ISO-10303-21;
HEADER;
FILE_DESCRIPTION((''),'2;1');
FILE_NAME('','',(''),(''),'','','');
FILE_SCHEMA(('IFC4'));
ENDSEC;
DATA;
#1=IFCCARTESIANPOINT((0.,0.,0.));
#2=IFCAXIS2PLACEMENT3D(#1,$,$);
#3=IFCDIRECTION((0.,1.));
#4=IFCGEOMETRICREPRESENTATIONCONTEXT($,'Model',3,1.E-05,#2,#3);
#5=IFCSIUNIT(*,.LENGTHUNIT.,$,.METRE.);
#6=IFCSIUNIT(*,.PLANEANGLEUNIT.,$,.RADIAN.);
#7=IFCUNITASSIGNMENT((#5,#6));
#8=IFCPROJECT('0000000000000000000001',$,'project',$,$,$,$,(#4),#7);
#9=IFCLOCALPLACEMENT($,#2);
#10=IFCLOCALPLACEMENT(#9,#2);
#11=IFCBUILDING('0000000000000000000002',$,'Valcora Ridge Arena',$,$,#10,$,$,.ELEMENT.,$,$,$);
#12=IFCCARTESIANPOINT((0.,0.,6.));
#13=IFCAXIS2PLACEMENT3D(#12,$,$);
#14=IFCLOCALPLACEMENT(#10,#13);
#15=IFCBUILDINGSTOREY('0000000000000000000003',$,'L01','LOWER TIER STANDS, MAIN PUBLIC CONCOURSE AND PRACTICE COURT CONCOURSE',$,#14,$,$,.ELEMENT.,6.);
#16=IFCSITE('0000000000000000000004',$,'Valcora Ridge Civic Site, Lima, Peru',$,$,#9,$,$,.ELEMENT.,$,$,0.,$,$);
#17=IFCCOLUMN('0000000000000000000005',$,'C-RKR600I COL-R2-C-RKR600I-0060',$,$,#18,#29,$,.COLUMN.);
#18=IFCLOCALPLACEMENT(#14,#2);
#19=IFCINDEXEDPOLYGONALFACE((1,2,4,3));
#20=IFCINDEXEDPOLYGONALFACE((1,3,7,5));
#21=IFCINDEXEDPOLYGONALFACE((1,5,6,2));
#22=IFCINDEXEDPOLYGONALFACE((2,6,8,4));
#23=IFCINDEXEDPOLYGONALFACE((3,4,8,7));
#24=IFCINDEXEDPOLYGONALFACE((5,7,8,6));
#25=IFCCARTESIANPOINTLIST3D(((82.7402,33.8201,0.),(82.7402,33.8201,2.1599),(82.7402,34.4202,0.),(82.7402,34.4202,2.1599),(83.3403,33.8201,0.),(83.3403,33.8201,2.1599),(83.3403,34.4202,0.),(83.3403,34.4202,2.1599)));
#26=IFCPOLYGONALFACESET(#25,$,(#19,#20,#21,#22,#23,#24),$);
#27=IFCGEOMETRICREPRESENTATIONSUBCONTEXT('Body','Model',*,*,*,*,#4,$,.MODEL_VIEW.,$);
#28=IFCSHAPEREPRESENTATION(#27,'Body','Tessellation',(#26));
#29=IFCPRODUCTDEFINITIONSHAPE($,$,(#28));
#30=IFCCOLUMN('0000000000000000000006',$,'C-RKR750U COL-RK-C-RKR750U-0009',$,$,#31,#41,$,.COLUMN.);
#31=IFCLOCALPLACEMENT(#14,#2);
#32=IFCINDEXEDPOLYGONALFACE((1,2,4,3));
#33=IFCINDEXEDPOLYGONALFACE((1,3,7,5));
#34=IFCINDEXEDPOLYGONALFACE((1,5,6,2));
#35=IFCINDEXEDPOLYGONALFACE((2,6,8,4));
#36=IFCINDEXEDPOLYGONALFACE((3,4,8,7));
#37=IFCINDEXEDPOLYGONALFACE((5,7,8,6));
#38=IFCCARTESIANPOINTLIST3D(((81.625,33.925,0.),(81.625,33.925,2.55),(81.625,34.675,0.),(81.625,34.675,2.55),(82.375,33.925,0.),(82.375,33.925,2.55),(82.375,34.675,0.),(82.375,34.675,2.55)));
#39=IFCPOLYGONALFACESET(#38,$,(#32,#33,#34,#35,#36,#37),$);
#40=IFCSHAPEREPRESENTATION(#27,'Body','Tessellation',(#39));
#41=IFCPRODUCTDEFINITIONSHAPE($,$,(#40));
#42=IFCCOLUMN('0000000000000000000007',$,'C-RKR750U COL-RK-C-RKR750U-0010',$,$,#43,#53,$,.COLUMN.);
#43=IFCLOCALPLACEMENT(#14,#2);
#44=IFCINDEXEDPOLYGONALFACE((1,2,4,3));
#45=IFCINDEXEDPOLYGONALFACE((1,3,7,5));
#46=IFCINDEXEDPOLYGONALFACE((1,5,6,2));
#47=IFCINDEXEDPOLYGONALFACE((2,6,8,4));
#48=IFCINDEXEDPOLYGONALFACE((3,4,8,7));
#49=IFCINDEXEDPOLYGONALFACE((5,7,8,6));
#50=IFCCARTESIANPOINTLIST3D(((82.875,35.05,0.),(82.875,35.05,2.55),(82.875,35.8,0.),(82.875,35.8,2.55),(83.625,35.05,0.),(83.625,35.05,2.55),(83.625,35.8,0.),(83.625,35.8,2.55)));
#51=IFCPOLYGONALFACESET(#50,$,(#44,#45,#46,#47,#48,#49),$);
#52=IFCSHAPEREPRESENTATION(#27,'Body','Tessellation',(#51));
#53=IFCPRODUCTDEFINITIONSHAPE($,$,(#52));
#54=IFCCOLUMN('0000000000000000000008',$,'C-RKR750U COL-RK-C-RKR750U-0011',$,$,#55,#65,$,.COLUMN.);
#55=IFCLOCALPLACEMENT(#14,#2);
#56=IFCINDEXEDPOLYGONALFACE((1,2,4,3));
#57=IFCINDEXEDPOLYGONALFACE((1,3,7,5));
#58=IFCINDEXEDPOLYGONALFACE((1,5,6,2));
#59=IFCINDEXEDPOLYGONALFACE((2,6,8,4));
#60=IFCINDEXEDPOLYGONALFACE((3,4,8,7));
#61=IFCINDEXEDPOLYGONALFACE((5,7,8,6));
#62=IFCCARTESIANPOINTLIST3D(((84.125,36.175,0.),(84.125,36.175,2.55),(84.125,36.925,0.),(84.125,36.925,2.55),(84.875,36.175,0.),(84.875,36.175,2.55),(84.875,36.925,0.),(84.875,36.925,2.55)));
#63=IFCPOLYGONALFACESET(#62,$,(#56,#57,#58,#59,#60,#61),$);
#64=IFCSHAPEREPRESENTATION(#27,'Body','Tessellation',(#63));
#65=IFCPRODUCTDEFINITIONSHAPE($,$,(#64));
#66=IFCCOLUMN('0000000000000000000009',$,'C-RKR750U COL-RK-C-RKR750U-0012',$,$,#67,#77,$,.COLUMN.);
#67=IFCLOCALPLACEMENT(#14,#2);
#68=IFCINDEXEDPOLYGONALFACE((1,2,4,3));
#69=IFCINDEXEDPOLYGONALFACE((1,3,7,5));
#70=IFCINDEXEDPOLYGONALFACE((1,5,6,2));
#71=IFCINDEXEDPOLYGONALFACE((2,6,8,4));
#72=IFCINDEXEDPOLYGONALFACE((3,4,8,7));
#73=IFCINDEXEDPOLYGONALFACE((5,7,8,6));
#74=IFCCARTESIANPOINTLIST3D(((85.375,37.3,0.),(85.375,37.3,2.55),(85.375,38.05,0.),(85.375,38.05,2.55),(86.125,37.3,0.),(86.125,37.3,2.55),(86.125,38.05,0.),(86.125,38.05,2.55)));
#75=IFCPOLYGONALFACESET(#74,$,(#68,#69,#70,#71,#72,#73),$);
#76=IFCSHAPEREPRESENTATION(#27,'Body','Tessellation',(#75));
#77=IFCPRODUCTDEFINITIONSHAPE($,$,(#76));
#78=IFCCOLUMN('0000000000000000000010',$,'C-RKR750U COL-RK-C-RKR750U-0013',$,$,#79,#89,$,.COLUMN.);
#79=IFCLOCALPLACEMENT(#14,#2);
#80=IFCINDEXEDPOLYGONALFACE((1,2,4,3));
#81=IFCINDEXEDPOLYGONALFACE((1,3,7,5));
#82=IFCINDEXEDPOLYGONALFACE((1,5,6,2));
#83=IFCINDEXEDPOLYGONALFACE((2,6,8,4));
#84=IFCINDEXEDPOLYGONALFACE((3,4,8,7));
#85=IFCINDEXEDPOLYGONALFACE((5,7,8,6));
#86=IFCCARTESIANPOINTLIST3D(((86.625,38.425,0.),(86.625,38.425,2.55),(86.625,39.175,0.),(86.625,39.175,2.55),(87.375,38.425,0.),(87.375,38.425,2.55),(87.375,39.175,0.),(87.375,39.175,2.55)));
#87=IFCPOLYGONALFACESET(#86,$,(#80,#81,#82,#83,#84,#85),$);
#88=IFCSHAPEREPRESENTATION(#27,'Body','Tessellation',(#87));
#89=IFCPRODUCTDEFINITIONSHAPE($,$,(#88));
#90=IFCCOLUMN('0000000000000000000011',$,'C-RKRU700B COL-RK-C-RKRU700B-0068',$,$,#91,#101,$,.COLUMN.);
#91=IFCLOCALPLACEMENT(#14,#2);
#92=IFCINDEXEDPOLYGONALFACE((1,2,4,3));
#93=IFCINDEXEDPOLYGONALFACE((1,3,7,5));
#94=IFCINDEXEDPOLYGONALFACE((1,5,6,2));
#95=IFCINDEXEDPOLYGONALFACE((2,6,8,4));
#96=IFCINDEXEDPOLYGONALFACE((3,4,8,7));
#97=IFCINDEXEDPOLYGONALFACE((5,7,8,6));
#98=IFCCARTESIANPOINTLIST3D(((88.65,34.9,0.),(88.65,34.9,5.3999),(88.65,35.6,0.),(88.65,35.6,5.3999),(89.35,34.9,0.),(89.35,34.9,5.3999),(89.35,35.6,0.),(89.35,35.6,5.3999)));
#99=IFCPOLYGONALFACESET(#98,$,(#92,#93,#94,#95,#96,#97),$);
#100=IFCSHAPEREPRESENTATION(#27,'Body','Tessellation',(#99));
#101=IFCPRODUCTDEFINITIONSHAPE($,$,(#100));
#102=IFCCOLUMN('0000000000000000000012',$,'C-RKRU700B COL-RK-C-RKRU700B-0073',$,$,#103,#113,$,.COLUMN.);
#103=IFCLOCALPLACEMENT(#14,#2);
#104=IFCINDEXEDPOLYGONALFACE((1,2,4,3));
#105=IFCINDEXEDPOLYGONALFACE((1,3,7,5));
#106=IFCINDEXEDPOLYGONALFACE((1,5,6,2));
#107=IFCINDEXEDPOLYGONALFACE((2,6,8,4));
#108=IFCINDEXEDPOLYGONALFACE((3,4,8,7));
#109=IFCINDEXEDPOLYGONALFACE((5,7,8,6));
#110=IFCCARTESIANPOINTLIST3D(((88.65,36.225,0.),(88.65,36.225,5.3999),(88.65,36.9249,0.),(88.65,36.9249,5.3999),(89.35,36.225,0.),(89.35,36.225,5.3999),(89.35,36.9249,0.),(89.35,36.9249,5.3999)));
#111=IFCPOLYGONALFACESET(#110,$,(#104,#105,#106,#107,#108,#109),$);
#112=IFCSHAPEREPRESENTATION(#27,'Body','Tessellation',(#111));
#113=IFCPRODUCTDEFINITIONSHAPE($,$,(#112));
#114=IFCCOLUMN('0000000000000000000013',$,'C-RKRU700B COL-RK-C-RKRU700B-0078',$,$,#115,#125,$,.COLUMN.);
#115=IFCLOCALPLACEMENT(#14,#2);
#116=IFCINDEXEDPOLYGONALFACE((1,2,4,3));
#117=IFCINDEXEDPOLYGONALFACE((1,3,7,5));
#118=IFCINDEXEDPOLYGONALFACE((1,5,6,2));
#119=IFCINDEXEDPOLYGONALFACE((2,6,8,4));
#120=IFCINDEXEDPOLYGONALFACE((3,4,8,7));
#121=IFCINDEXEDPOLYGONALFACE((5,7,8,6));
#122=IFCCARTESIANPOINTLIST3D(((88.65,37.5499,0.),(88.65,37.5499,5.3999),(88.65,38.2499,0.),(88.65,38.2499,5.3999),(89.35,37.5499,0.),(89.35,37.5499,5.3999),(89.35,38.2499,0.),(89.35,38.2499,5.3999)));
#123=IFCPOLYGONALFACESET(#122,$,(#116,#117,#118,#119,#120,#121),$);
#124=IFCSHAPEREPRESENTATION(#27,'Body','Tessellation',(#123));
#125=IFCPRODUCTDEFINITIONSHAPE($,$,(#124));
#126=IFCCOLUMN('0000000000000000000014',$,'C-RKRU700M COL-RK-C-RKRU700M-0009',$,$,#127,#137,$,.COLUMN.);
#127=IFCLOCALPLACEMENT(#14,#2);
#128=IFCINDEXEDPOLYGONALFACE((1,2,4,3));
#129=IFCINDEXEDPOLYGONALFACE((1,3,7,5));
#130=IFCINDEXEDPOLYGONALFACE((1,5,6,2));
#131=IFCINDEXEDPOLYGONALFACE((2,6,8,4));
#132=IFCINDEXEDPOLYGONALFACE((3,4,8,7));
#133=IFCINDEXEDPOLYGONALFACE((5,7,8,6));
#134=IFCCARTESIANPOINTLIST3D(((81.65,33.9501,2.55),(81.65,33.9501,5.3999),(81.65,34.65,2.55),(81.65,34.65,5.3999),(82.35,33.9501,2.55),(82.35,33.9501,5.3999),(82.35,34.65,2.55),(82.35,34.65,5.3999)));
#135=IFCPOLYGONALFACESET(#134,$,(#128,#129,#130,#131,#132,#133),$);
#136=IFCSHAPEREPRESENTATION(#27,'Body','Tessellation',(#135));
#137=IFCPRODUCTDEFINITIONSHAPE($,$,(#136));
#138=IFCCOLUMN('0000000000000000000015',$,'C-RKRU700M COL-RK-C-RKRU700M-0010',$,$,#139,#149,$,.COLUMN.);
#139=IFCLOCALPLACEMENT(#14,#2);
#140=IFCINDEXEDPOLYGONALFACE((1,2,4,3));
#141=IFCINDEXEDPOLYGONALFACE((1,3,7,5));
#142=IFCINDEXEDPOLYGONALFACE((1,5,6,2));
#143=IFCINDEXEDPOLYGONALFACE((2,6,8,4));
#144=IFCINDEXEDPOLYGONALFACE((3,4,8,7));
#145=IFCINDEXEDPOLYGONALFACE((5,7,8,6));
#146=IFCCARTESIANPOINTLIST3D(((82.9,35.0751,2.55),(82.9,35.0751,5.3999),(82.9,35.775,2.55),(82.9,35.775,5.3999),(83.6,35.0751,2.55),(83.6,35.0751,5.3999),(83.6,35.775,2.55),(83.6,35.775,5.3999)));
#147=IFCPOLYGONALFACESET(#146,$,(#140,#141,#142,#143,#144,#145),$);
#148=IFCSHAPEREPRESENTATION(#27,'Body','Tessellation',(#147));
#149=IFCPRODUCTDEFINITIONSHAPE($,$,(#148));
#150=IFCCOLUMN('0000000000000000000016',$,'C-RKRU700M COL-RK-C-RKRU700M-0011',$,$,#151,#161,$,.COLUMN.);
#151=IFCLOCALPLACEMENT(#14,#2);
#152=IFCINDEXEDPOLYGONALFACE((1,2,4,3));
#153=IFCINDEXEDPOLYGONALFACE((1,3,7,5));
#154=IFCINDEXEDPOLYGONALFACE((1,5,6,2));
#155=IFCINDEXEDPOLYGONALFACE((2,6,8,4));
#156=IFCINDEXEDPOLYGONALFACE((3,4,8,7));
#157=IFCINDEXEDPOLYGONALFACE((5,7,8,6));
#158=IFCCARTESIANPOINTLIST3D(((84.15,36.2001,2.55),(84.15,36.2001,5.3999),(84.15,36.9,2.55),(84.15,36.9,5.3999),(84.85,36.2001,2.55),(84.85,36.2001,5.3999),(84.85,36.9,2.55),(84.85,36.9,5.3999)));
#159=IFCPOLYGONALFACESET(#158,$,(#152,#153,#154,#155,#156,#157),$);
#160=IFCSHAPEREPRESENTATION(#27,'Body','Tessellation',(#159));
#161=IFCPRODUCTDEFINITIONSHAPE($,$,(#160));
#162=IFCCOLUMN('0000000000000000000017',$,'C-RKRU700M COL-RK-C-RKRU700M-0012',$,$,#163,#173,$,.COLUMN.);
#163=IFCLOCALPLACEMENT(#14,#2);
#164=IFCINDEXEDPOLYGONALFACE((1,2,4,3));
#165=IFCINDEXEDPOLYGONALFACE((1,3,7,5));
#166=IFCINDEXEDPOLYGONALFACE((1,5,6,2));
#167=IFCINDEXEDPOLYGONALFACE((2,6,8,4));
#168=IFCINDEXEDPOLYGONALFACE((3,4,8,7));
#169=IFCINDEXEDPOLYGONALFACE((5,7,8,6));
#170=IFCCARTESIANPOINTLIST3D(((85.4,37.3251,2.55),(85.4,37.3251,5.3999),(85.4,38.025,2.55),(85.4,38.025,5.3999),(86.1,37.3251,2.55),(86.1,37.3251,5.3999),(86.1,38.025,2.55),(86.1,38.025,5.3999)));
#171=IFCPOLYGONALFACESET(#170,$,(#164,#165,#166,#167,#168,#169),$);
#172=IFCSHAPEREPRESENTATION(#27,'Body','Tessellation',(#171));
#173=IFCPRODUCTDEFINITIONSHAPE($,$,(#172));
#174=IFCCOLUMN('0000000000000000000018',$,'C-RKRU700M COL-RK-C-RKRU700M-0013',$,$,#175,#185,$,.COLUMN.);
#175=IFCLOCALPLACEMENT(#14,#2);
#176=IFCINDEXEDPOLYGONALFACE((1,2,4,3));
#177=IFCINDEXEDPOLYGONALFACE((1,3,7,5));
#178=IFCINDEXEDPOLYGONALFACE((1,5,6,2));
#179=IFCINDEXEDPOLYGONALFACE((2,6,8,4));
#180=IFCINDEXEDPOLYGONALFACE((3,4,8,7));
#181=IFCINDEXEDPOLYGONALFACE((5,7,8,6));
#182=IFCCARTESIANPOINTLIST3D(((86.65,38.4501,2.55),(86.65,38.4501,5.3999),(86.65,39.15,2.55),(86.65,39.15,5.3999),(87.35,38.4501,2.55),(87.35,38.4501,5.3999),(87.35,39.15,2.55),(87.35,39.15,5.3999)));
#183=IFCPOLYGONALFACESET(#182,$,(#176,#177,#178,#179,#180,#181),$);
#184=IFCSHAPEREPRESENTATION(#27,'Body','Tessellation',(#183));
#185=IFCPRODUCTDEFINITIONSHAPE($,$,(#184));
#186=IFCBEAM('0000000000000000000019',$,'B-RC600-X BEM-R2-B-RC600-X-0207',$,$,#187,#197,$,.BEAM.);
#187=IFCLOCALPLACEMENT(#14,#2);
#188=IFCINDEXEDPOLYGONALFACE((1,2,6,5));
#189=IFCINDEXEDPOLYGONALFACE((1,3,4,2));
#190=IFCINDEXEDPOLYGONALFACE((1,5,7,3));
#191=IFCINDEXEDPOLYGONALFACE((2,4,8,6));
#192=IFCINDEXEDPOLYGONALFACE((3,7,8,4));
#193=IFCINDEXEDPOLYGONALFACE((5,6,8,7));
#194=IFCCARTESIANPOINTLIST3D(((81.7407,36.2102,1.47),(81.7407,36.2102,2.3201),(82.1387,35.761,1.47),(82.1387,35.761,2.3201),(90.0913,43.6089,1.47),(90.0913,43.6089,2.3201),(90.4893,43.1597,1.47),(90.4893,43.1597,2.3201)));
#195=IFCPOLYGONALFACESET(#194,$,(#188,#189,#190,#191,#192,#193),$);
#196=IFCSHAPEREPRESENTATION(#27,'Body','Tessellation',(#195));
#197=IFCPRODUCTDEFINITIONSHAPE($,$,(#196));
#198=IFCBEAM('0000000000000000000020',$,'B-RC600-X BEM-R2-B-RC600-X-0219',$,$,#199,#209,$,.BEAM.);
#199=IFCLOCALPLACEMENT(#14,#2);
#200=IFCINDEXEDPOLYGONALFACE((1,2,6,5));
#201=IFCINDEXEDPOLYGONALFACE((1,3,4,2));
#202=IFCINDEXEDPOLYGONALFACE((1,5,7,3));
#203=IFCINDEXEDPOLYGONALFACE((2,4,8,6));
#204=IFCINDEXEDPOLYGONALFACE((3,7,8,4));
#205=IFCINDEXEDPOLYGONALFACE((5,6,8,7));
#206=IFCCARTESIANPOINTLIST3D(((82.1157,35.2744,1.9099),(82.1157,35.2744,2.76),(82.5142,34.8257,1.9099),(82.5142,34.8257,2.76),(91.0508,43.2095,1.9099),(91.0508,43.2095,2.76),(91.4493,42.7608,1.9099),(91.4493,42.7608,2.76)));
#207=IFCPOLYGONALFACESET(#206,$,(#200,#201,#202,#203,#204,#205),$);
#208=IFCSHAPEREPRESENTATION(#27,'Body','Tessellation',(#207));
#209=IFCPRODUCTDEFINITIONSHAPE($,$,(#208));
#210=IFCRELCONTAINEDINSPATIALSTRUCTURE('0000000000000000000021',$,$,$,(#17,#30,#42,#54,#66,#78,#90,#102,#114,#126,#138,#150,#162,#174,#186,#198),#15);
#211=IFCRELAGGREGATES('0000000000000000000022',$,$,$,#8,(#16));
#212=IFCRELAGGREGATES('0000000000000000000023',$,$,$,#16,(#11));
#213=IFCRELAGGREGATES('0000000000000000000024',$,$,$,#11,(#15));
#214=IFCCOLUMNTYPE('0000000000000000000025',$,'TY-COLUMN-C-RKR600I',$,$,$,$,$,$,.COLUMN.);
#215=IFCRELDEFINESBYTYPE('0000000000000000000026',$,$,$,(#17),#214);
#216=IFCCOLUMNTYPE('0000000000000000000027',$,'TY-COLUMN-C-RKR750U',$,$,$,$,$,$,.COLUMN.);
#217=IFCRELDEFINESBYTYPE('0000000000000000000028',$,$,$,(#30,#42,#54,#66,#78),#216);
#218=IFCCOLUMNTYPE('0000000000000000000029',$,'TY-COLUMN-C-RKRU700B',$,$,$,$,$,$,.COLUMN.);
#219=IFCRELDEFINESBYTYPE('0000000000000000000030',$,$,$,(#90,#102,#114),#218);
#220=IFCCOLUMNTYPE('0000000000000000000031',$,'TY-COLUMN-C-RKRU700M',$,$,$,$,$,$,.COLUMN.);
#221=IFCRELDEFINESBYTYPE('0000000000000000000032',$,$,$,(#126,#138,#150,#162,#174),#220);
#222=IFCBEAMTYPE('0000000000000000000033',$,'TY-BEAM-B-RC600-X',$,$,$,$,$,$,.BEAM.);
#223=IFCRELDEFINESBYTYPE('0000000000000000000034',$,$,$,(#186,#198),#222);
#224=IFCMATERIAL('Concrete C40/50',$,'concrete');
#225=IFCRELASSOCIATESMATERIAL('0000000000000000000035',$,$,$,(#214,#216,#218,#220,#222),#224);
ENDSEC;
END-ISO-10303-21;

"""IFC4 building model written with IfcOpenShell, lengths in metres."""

from ifc_helpers import new_model, si_unit, direction, frame, origin, origin_2d, place, context, subcontext, project, spatial, rectangle, extrude, material, material_profile, profile_set, type_object, element, save


model = new_model("IFC4")

# Units and contexts
model_context = context("Model", 3, precision=1e-05, world=origin(), true_north=direction((0.0, 1.0)))
body_context = subcontext(model_context, "Body", "Model", "MODEL_VIEW")
ifc_project = project(units=[si_unit("LENGTHUNIT", "METRE"), si_unit("PLANEANGLEUNIT", "RADIAN")], contexts=[model_context])

# Site, building, storey
site_placement = place(None, origin())
site = spatial("IfcSite", under=ifc_project, at=site_placement, Name="Valcora Ridge Civic Site, Lima, Peru", CompositionType="ELEMENT", RefElevation=0.0)
building_placement = place(site_placement, origin())
building = spatial("IfcBuilding", under=site, at=building_placement, Name="Valcora Ridge Arena", CompositionType="ELEMENT")
storey_placement = place(building_placement, frame((0.0, 0.0, 6.0)))
storey = spatial("IfcBuildingStorey", under=building, at=storey_placement, Name="L01", Description="LOWER TIER STANDS, MAIN PUBLIC CONCOURSE AND PRACTICE COURT CONCOURSE", CompositionType="ELEMENT", Elevation=6.0)

# Columns
ifc_material_1 = material(Name="Concrete C40/50", Category="concrete")
ifc_material_profile_1 = material_profile(ifc_material_1, rectangle(XDim=0.6001, YDim=0.6001, at=origin_2d()), Name="RC 600x600")
ifc_profile_set_1 = profile_set([ifc_material_profile_1], Name="Concrete C40/50")
column_type_1 = type_object("IfcColumnType", Name="TY-COLUMN-C-RKR600I", PredefinedType="COLUMN", material=ifc_profile_set_1)
column_placement = place(storey_placement, frame((83.0403, 34.1201, 0.0), z_axis=(0.0, 0.0, 1.0), x_axis=(1.0, 0.0, 0.0)))
element("IfcColumn", 1, at=column_placement, inside=storey, type_object=column_type_1, Name="C-RKR600I COL-R2-C-RKR600I-0060", PredefinedType="COLUMN", context=body_context, shape_type="SweptSolid", body=[
    extrude(rectangle(XDim=0.6001, YDim=0.6001, at=origin_2d()), origin(), (0.0, 0.0, 1.0), 2.1599),
])
ifc_material_profile_2 = material_profile(ifc_material_1, rectangle(XDim=0.75, YDim=0.75, at=origin_2d()), Name="RC 750x750")
ifc_profile_set_2 = profile_set([ifc_material_profile_2], Name="Concrete C40/50")
column_type_2 = type_object("IfcColumnType", Name="TY-COLUMN-C-RKR750U", PredefinedType="COLUMN", material=ifc_profile_set_2)
for number, where, z_axis, x_axis, name in (
    (2, (82.0, 34.3, 0.0), (0.0, 0.0, 1.0), (1.0, 0.0, 0.0), "C-RKR750U COL-RK-C-RKR750U-0009"),
    (3, (83.25, 35.425, 0.0), (0.0, 0.0, 1.0), (1.0, 0.0, 0.0), "C-RKR750U COL-RK-C-RKR750U-0010"),
    (4, (84.5, 36.55, 0.0), (0.0, 0.0, 1.0), (1.0, 0.0, 0.0), "C-RKR750U COL-RK-C-RKR750U-0011"),
    (5, (85.75, 37.675, 0.0), (0.0, 0.0, 1.0), (1.0, 0.0, 0.0), "C-RKR750U COL-RK-C-RKR750U-0012"),
    (6, (87.0, 38.8, 0.0), (0.0, 0.0, 1.0), (1.0, 0.0, 0.0), "C-RKR750U COL-RK-C-RKR750U-0013"),
):
    element("IfcColumn", number, at=place(storey_placement, frame(where, z_axis=z_axis, x_axis=x_axis)), inside=storey, type_object=column_type_2, Name=name, PredefinedType="COLUMN", context=body_context, shape_type="SweptSolid", body=[
        extrude(rectangle(XDim=0.75, YDim=0.75, at=origin_2d()), origin(), (0.0, 0.0, 1.0), 2.55),
    ])
ifc_material_profile_3 = material_profile(ifc_material_1, rectangle(XDim=0.7, YDim=0.7, at=origin_2d()), Name="RC 700x700")
ifc_profile_set_3 = profile_set([ifc_material_profile_3], Name="Concrete C40/50")
column_type_3 = type_object("IfcColumnType", Name="TY-COLUMN-C-RKRU700B", PredefinedType="COLUMN", material=ifc_profile_set_3)
for number, where, z_axis, x_axis, name in (
    (7, (89.0, 35.25, 0.0), (0.0, 0.0, 1.0), (1.0, 0.0, 0.0), "C-RKRU700B COL-RK-C-RKRU700B-0068"),
    (8, (89.0, 36.575, 0.0), (0.0, 0.0, 1.0), (1.0, 0.0, 0.0), "C-RKRU700B COL-RK-C-RKRU700B-0073"),
    (9, (89.0, 37.8999, 0.0), (0.0, 0.0, 1.0), (1.0, 0.0, 0.0), "C-RKRU700B COL-RK-C-RKRU700B-0078"),
):
    element("IfcColumn", number, at=place(storey_placement, frame(where, z_axis=z_axis, x_axis=x_axis)), inside=storey, type_object=column_type_3, Name=name, PredefinedType="COLUMN", context=body_context, shape_type="SweptSolid", body=[
        extrude(rectangle(XDim=0.7, YDim=0.7, at=origin_2d()), origin(), (0.0, 0.0, 1.0), 5.3999),
    ])
ifc_material_profile_4 = material_profile(ifc_material_1, rectangle(XDim=0.7, YDim=0.7, at=origin_2d()), Name="RC 700x700")
ifc_profile_set_4 = profile_set([ifc_material_profile_4], Name="Concrete C40/50")
column_type_4 = type_object("IfcColumnType", Name="TY-COLUMN-C-RKRU700M", PredefinedType="COLUMN", material=ifc_profile_set_4)
for number, where, z_axis, x_axis, name in (
    (10, (82.0, 34.3, 2.55), (0.0, 0.0, 1.0), (1.0, 0.0, 0.0), "C-RKRU700M COL-RK-C-RKRU700M-0009"),
    (11, (83.25, 35.425, 2.55), (0.0, 0.0, 1.0), (1.0, 0.0, 0.0), "C-RKRU700M COL-RK-C-RKRU700M-0010"),
    (12, (84.5, 36.55, 2.55), (0.0, 0.0, 1.0), (1.0, 0.0, 0.0), "C-RKRU700M COL-RK-C-RKRU700M-0011"),
    (13, (85.75, 37.675, 2.55), (0.0, 0.0, 1.0), (1.0, 0.0, 0.0), "C-RKRU700M COL-RK-C-RKRU700M-0012"),
    (14, (87.0, 38.8, 2.55), (0.0, 0.0, 1.0), (1.0, 0.0, 0.0), "C-RKRU700M COL-RK-C-RKRU700M-0013"),
):
    element("IfcColumn", number, at=place(storey_placement, frame(where, z_axis=z_axis, x_axis=x_axis)), inside=storey, type_object=column_type_4, Name=name, PredefinedType="COLUMN", context=body_context, shape_type="SweptSolid", body=[
        extrude(rectangle(XDim=0.7, YDim=0.7, at=origin_2d()), origin(), (0.0, 0.0, 1.0), 2.8499),
    ])

# Beams
ifc_material_profile_5 = material_profile(ifc_material_1, rectangle(XDim=0.6001, YDim=0.8501, at=origin_2d()), Name="RC 600x850")
ifc_profile_set_5 = profile_set([ifc_material_profile_5], Name="Concrete C40/50")
beam_type_1 = type_object("IfcBeamType", Name="TY-BEAM-B-RC600-X", PredefinedType="BEAM", material=ifc_profile_set_5)
beam_1_placement = place(storey_placement, frame((81.9397, 35.9856, 1.895), z_axis=(0.748479, 0.663158, 0.0), x_axis=(-0.663158, 0.748479, 0.0)))
element("IfcBeam", 15, at=beam_1_placement, inside=storey, type_object=beam_type_1, Name="B-RC600-X BEM-R2-B-RC600-X-0207", PredefinedType="BEAM", context=body_context, shape_type="SweptSolid", body=[
    extrude(rectangle(XDim=0.6001, YDim=0.8501, at=origin_2d()), origin(), (0.0, 0.0, 1.0), 11.1567),
])
beam_2_placement = place(storey_placement, frame((82.3149, 35.05, 2.335), z_axis=(0.747709, 0.664026, 0.0), x_axis=(-0.664026, 0.747709, 0.0)))
element("IfcBeam", 16, at=beam_2_placement, inside=storey, type_object=beam_type_1, Name="B-RC600-X BEM-R2-B-RC600-X-0219", PredefinedType="BEAM", context=body_context, shape_type="SweptSolid", body=[
    extrude(rectangle(XDim=0.6001, YDim=0.8501, at=origin_2d()), origin(), (0.0, 0.0, 1.0), 11.95),
])

save(model, "model.ifc")
